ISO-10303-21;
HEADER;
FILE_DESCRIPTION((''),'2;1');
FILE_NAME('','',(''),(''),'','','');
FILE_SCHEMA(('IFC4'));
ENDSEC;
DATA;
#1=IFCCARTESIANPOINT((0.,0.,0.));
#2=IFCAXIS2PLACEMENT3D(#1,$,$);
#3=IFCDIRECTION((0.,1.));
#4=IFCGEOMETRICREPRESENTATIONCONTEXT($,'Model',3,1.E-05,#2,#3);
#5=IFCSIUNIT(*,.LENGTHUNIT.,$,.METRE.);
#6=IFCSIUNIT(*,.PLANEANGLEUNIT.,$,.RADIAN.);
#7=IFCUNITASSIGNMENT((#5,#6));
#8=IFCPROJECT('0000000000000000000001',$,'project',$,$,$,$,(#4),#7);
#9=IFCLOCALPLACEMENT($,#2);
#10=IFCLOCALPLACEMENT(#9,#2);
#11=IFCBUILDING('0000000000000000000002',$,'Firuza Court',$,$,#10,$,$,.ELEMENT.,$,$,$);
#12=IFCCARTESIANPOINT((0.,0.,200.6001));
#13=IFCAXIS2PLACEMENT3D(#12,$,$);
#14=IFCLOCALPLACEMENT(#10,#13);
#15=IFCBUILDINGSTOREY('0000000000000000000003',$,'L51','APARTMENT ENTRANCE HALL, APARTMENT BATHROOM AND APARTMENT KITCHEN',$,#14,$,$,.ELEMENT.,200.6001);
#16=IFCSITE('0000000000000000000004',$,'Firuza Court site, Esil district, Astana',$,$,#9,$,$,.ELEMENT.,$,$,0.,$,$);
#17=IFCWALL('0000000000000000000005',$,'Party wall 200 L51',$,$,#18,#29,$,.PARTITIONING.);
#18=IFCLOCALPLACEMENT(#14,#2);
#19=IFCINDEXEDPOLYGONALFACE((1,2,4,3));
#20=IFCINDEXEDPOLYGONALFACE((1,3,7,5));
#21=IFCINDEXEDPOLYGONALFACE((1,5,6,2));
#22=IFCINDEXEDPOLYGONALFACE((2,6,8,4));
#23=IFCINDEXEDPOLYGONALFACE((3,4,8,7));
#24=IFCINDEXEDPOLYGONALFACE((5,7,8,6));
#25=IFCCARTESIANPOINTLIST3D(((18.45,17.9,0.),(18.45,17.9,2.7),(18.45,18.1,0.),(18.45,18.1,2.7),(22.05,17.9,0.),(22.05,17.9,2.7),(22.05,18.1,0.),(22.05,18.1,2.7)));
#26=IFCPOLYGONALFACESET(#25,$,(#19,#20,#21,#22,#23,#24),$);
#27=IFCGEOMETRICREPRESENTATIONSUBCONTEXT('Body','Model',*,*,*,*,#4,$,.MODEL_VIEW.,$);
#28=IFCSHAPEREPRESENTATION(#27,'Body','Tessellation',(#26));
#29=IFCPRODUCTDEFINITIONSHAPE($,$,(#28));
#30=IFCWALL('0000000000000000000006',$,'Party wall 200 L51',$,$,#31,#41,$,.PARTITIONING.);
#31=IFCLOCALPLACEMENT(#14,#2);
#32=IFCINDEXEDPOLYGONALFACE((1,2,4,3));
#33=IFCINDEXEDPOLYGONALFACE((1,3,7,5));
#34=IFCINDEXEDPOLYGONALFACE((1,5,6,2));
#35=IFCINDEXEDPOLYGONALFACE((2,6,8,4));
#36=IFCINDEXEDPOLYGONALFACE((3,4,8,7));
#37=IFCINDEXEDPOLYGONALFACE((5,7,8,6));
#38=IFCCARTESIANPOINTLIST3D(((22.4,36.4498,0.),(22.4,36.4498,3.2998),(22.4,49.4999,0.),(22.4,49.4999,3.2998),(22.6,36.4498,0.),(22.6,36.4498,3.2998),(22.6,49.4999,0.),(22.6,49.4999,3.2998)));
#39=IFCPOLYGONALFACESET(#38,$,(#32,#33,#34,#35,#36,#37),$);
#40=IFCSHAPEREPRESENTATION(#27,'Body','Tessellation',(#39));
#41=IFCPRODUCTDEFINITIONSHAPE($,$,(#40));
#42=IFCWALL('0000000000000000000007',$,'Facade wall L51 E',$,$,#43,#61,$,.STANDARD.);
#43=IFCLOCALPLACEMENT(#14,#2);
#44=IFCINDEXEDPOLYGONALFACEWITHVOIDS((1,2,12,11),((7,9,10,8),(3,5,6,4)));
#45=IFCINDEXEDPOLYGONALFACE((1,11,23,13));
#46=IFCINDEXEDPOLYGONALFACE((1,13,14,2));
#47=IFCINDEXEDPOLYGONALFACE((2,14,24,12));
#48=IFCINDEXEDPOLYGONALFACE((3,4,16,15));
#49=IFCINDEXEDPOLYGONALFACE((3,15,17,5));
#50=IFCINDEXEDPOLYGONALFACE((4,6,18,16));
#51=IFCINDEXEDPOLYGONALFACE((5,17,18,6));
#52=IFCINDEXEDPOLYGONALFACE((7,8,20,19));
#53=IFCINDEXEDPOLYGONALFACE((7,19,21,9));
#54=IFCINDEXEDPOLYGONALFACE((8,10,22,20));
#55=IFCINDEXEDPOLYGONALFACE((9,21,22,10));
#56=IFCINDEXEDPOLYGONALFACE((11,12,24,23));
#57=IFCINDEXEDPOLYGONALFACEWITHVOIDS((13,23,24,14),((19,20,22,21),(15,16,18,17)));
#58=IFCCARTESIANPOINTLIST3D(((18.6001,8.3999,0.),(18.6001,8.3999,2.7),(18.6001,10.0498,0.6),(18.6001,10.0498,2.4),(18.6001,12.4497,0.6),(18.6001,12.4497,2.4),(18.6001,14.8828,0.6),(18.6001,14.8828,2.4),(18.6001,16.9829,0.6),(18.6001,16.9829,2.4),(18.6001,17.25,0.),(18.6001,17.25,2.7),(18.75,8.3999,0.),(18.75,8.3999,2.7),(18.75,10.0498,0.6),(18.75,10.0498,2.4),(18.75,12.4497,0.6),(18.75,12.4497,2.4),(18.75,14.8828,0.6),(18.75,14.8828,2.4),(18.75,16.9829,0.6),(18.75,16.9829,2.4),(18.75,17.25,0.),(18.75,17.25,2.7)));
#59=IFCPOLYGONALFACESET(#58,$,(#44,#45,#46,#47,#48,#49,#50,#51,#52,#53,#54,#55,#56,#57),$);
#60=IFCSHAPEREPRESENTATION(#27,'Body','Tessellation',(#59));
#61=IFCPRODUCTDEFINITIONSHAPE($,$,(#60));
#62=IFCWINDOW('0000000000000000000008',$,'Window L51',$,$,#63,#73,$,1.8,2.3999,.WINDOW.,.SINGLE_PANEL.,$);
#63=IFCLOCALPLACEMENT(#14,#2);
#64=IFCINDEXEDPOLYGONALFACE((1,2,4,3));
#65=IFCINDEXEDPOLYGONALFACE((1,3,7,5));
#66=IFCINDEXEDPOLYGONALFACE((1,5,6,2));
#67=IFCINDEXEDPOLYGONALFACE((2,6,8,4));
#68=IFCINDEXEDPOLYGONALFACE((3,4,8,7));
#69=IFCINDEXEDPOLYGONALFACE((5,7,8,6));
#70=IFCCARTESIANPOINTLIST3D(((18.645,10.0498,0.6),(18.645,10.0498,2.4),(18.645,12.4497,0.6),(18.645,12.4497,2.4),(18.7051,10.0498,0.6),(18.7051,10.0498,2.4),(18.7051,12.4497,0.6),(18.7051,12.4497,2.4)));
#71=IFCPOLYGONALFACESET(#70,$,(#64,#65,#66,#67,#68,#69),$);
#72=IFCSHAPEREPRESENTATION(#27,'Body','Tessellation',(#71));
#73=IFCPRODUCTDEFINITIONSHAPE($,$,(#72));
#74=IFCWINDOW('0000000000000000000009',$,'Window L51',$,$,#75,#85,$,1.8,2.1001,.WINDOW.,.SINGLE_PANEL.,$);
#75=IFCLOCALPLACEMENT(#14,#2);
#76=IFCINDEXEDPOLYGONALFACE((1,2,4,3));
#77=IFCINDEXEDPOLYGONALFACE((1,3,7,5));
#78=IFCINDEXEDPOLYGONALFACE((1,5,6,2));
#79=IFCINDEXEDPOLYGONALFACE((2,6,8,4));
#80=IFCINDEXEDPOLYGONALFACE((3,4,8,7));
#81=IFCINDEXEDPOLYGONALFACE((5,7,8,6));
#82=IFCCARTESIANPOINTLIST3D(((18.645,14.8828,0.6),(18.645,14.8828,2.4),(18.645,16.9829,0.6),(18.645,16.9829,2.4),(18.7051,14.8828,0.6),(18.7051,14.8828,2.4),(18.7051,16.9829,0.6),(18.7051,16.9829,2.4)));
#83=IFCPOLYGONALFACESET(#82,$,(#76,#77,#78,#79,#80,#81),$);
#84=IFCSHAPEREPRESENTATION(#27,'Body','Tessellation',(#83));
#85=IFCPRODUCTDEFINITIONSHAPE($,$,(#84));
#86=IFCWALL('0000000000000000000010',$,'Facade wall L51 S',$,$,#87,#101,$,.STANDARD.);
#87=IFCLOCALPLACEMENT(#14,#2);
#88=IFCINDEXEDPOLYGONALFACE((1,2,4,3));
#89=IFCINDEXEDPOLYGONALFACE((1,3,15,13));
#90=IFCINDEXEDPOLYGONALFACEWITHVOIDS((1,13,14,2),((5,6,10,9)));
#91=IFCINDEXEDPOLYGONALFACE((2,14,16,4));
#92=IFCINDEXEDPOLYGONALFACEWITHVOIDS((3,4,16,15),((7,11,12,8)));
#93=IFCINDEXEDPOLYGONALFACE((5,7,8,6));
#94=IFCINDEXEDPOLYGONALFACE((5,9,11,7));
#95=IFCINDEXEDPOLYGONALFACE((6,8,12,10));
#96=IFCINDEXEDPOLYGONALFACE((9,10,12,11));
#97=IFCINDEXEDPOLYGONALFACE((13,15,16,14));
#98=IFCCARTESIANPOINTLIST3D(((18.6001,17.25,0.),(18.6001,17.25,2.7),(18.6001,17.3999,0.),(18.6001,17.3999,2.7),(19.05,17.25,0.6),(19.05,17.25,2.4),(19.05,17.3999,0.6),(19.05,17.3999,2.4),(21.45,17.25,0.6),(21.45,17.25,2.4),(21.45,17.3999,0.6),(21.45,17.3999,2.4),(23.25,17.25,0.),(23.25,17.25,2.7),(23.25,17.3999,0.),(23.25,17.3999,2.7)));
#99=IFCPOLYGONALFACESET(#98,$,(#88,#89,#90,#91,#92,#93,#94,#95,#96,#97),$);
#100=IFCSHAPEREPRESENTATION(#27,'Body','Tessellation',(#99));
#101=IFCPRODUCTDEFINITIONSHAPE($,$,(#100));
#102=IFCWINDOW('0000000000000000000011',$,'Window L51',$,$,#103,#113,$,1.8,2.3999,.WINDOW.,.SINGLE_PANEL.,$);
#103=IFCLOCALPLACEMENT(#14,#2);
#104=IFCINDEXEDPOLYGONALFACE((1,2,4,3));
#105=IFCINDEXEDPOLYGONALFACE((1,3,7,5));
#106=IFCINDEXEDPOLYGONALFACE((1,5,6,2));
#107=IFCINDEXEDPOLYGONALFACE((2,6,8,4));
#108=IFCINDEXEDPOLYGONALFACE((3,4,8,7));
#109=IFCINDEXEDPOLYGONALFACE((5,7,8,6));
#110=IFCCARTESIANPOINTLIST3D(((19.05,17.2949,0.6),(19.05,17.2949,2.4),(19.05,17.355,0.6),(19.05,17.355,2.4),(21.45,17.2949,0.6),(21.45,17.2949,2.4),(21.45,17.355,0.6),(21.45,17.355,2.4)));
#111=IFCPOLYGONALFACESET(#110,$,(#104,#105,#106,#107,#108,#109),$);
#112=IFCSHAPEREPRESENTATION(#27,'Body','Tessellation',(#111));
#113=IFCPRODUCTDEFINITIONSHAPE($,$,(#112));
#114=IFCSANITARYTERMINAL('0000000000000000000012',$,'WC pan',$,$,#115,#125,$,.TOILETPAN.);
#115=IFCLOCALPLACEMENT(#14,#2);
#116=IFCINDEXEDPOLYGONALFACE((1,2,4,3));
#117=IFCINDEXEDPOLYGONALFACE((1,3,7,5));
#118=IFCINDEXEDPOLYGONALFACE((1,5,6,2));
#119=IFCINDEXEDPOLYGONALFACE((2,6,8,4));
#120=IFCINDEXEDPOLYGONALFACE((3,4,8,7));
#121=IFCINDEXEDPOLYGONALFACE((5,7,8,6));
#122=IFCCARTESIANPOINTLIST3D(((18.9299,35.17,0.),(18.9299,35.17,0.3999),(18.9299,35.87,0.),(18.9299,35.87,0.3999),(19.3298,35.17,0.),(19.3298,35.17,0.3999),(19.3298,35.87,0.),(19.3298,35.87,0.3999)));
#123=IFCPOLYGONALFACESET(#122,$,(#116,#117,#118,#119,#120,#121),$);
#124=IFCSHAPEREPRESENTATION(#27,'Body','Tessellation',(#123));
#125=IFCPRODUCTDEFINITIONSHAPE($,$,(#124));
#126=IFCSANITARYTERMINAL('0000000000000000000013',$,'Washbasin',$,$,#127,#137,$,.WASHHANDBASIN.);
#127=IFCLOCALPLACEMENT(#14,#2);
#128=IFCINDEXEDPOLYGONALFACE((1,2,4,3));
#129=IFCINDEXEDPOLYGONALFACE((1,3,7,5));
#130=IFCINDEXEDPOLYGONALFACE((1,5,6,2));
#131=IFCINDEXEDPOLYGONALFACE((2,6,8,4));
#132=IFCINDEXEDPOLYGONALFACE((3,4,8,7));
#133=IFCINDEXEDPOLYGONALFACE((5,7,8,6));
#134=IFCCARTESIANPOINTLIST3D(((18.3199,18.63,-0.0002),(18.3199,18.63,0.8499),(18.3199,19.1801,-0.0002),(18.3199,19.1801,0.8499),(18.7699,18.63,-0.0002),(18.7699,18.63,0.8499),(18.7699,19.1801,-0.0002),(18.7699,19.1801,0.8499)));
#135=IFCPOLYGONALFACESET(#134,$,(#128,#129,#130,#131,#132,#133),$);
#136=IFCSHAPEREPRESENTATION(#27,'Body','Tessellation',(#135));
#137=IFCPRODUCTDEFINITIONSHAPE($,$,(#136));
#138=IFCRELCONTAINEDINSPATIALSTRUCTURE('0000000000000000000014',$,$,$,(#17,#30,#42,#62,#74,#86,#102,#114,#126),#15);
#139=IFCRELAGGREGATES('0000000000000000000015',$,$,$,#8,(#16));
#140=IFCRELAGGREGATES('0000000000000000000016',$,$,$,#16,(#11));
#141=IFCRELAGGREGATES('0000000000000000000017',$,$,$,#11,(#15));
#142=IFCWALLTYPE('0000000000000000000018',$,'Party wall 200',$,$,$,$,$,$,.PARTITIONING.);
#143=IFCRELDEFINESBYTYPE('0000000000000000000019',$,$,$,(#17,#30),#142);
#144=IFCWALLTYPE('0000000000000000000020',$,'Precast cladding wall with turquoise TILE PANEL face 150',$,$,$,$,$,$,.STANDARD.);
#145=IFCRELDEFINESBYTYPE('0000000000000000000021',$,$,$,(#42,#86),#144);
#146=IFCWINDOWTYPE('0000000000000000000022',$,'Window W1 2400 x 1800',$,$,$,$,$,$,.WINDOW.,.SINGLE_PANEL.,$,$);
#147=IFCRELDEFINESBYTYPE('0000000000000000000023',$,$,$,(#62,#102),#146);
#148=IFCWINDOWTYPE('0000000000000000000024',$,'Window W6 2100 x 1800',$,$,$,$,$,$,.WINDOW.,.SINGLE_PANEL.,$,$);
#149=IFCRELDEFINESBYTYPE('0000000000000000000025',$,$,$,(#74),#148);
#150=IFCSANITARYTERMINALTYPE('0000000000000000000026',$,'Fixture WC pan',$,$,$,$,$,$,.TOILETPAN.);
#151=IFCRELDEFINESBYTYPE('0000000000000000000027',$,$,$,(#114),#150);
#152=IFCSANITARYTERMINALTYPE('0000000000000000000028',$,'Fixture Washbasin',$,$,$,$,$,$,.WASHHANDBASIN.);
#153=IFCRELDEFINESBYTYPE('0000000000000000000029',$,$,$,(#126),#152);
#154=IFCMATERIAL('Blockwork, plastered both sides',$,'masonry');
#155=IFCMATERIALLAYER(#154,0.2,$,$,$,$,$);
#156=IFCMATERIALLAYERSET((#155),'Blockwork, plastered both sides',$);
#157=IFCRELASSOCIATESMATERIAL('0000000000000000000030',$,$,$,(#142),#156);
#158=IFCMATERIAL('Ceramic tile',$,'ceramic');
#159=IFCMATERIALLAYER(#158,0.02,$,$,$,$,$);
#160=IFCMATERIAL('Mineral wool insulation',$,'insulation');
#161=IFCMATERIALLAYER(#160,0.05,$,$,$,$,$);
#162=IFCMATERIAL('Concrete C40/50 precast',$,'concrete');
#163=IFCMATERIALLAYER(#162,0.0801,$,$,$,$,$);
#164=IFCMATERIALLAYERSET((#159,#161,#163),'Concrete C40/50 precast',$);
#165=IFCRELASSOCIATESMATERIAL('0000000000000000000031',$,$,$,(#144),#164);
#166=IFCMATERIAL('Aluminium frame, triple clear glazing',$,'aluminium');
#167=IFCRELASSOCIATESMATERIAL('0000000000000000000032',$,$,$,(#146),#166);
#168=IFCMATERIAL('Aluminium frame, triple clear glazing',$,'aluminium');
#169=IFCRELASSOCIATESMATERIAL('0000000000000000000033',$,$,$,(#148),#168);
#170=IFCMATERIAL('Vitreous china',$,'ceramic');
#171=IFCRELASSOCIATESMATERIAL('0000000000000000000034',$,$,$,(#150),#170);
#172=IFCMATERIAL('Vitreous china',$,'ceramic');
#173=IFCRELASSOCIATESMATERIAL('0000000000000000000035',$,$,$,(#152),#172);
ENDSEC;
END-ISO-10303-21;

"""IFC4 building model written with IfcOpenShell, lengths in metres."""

from ifc_helpers import new_model, si_unit, direction, frame, frame_2d, origin, origin_2d, place, context, subcontext, project, spatial, rectangle, extrude, material, layer, layer_set, type_object, element, fill, save


model = new_model("IFC4")

# Units and contexts
model_context = context("Model", 3, precision=1e-05, world=origin(), true_north=direction((0.0, 1.0)))
body_context = subcontext(model_context, "Body", "Model", "MODEL_VIEW")
ifc_project = project(units=[si_unit("LENGTHUNIT", "METRE"), si_unit("PLANEANGLEUNIT", "RADIAN")], contexts=[model_context])

# Site, building, storey
site_placement = place(None, origin())
site = spatial("IfcSite", under=ifc_project, at=site_placement, Name="Firuza Court site, Esil district, Astana", CompositionType="ELEMENT", RefElevation=0.0)
building_placement = place(site_placement, origin())
building = spatial("IfcBuilding", under=site, at=building_placement, Name="Firuza Court", CompositionType="ELEMENT")
storey_placement = place(building_placement, frame((0.0, 0.0, 200.6001)))
storey = spatial("IfcBuildingStorey", under=building, at=storey_placement, Name="L51", Description="APARTMENT ENTRANCE HALL, APARTMENT BATHROOM AND APARTMENT KITCHEN", CompositionType="ELEMENT", Elevation=200.6001)

# Walls
ifc_material_1 = material(Name="Blockwork, plastered both sides", Category="masonry")
ifc_layer_1 = layer(ifc_material_1, 0.2)
ifc_layer_set_1 = layer_set([ifc_layer_1], Name="Blockwork, plastered both sides")
wall_type_1 = type_object("IfcWallType", Name="Party wall 200", PredefinedType="PARTITIONING", material=ifc_layer_set_1)
wall_1_placement = place(storey_placement, frame((18.45, 18.0, 0.0), z_axis=(0.0, 0.0, 1.0), x_axis=(1.0, 0.0, 0.0)))
element("IfcWall", 1, at=wall_1_placement, inside=storey, type_object=wall_type_1, Name="Party wall 200 L51", PredefinedType="PARTITIONING", context=body_context, shape_type="SweptSolid", body=[
    extrude(rectangle(XDim=3.6001, YDim=0.2, at=frame_2d((1.8, 0.0))), origin(), (0.0, 0.0, 1.0), 2.7),
])
wall_2_placement = place(storey_placement, frame((22.5, 36.45, 0.0), z_axis=(0.0, 0.0, 1.0), x_axis=(0.0, 1.0, 0.0)))
element("IfcWall", 2, at=wall_2_placement, inside=storey, type_object=wall_type_1, Name="Party wall 200 L51", PredefinedType="PARTITIONING", context=body_context, shape_type="SweptSolid", body=[
    extrude(rectangle(XDim=13.05, YDim=0.2, at=frame_2d((6.5249, 0.0))), origin(), (0.0, 0.0, 1.0), 3.2998),
])

# Wall, openings, windows
ifc_material_2 = material(Name="Ceramic tile", Category="ceramic")
ifc_layer_2 = layer(ifc_material_2, 0.02)
ifc_material_3 = material(Name="Mineral wool insulation", Category="insulation")
ifc_layer_3 = layer(ifc_material_3, 0.05)
ifc_material_4 = material(Name="Concrete C40/50 precast", Category="concrete")
ifc_layer_4 = layer(ifc_material_4, 0.0801)
ifc_layer_set_2 = layer_set([ifc_layer_2, ifc_layer_3, ifc_layer_4], Name="Concrete C40/50 precast")
wall_type_2 = type_object("IfcWallType", Name="Precast cladding wall with turquoise TILE PANEL face 150", PredefinedType="STANDARD", material=ifc_layer_set_2)
wall_3_placement = place(storey_placement, frame((18.675, 8.3999, 0.0), z_axis=(0.0, 0.0, 1.0), x_axis=(0.0, 1.0, 0.0)))
wall_3 = element("IfcWall", 3, at=wall_3_placement, inside=storey, type_object=wall_type_2, Name="Facade wall L51 E", PredefinedType="STANDARD", context=body_context, shape_type="SweptSolid", body=[
    extrude(rectangle(XDim=8.8501, YDim=0.1499, at=frame_2d((4.425, 0.0))), origin(), (0.0, 0.0, 1.0), 2.7),
])
opening_1_placement = place(wall_3_placement, frame((1.6499, 0.0, 0.6001)))
opening_1 = element("IfcOpeningElement", 4, at=opening_1_placement, cuts=wall_3, PredefinedType="OPENING", context=body_context, shape_type="SweptSolid", body=[
    extrude(rectangle(XDim=2.3999, YDim=1.8, at=frame_2d((1.2, 0.8999))), frame((0.0, 0.0869, 0.0), z_axis=(0.0, -1.0, 0.0), x_axis=(1.0, 0.0, 0.0)), (0.0, 0.0, 1.0), 0.1738),
])
opening_2_placement = place(wall_3_placement, frame((6.4829, 0.0, 0.6001)))
opening_2 = element("IfcOpeningElement", 5, at=opening_2_placement, cuts=wall_3, PredefinedType="OPENING", context=body_context, shape_type="SweptSolid", body=[
    extrude(rectangle(XDim=2.1001, YDim=1.8, at=frame_2d((1.05, 0.8999))), frame((0.0, 0.0869, 0.0), z_axis=(0.0, -1.0, 0.0), x_axis=(1.0, 0.0, 0.0)), (0.0, 0.0, 1.0), 0.1738),
])
ifc_material_5 = material(Name="Aluminium frame, triple clear glazing", Category="aluminium")
window_type_1 = type_object("IfcWindowType", Name="Window W1 2400 x 1800", PartitioningType="SINGLE_PANEL", PredefinedType="WINDOW", material=ifc_material_5)
window_1_placement = place(opening_1_placement, origin())
window_1 = element("IfcWindow", 6, at=window_1_placement, inside=storey, type_object=window_type_1, Name="Window L51", OverallHeight=1.8, OverallWidth=2.3999, PartitioningType="SINGLE_PANEL", PredefinedType="WINDOW", context=body_context, shape_type="SweptSolid", body=[
    extrude(rectangle(XDim=2.3999, YDim=1.8, at=frame_2d((1.2, 0.8999))), frame((0.0, 0.03, 0.0), z_axis=(0.0, -1.0, 0.0), x_axis=(1.0, 0.0, 0.0)), (0.0, 0.0, 1.0), 0.0601),
])
fill(opening_1, window_1)
ifc_material_6 = material(Name="Aluminium frame, triple clear glazing", Category="aluminium")
window_type_2 = type_object("IfcWindowType", Name="Window W6 2100 x 1800", PartitioningType="SINGLE_PANEL", PredefinedType="WINDOW", material=ifc_material_6)
window_2_placement = place(opening_2_placement, origin())
window_2 = element("IfcWindow", 7, at=window_2_placement, inside=storey, type_object=window_type_2, Name="Window L51", OverallHeight=1.8, OverallWidth=2.1001, PartitioningType="SINGLE_PANEL", PredefinedType="WINDOW", context=body_context, shape_type="SweptSolid", body=[
    extrude(rectangle(XDim=2.1001, YDim=1.8, at=frame_2d((1.05, 0.8999))), frame((0.0, 0.03, 0.0), z_axis=(0.0, -1.0, 0.0), x_axis=(1.0, 0.0, 0.0)), (0.0, 0.0, 1.0), 0.0601),
])
fill(opening_2, window_2)

# Wall, opening, window
wall_4_placement = place(storey_placement, frame((18.6001, 17.325, 0.0), z_axis=(0.0, 0.0, 1.0), x_axis=(1.0, 0.0, 0.0)))
wall_4 = element("IfcWall", 8, at=wall_4_placement, inside=storey, type_object=wall_type_2, Name="Facade wall L51 S", PredefinedType="STANDARD", context=body_context, shape_type="SweptSolid", body=[
    extrude(rectangle(XDim=4.6499, YDim=0.1499, at=frame_2d((2.325, 0.0))), origin(), (0.0, 0.0, 1.0), 2.7),
])
opening_3_placement = place(wall_4_placement, frame((0.45, 0.0, 0.6001)))
opening_3 = element("IfcOpeningElement", 9, at=opening_3_placement, cuts=wall_4, PredefinedType="OPENING", context=body_context, shape_type="SweptSolid", body=[
    extrude(rectangle(XDim=2.3999, YDim=1.8, at=frame_2d((1.2, 0.8999))), frame((0.0, 0.0869, 0.0), z_axis=(0.0, -1.0, 0.0), x_axis=(1.0, 0.0, 0.0)), (0.0, 0.0, 1.0), 0.1738),
])
window_3_placement = place(opening_3_placement, origin())
window_3 = element("IfcWindow", 10, at=window_3_placement, inside=storey, type_object=window_type_1, Name="Window L51", OverallHeight=1.8, OverallWidth=2.3999, PartitioningType="SINGLE_PANEL", PredefinedType="WINDOW", context=body_context, shape_type="SweptSolid", body=[
    extrude(rectangle(XDim=2.3999, YDim=1.8, at=frame_2d((1.2, 0.8999))), frame((0.0, 0.03, 0.0), z_axis=(0.0, -1.0, 0.0), x_axis=(1.0, 0.0, 0.0)), (0.0, 0.0, 1.0), 0.0601),
])
fill(opening_3, window_3)

# Sanitary terminals
ifc_material_7 = material(Name="Vitreous china", Category="ceramic")
sanitary_terminal_type_1 = type_object("IfcSanitaryTerminalType", Name="Fixture WC pan", PredefinedType="TOILETPAN", material=ifc_material_7)
sanitary_terminal_1_placement = place(storey_placement, frame((19.1299, 35.52, 0.0), z_axis=(0.0, 0.0, 1.0), x_axis=(1.0, 0.0, 0.0)))
element("IfcSanitaryTerminal", 11, at=sanitary_terminal_1_placement, inside=storey, type_object=sanitary_terminal_type_1, Name="WC pan", PredefinedType="TOILETPAN", context=body_context, shape_type="SweptSolid", body=[
    extrude(rectangle(XDim=0.3999, YDim=0.7, at=origin_2d()), origin(), (0.0, 0.0, 1.0), 0.3999),
])
ifc_material_8 = material(Name="Vitreous china", Category="ceramic")
sanitary_terminal_type_2 = type_object("IfcSanitaryTerminalType", Name="Fixture Washbasin", PredefinedType="WASHHANDBASIN", material=ifc_material_8)
sanitary_terminal_2_placement = place(storey_placement, frame((18.5449, 18.905, -0.0002), z_axis=(0.0, 0.0, 1.0), x_axis=(1.0, 0.0, 0.0)))
element("IfcSanitaryTerminal", 12, at=sanitary_terminal_2_placement, inside=storey, type_object=sanitary_terminal_type_2, Name="Washbasin", PredefinedType="WASHHANDBASIN", context=body_context, shape_type="SweptSolid", body=[
    extrude(rectangle(XDim=0.45, YDim=0.55, at=origin_2d()), origin(), (0.0, 0.0, 1.0), 0.8501),
])

save(model, "model.ifc")
